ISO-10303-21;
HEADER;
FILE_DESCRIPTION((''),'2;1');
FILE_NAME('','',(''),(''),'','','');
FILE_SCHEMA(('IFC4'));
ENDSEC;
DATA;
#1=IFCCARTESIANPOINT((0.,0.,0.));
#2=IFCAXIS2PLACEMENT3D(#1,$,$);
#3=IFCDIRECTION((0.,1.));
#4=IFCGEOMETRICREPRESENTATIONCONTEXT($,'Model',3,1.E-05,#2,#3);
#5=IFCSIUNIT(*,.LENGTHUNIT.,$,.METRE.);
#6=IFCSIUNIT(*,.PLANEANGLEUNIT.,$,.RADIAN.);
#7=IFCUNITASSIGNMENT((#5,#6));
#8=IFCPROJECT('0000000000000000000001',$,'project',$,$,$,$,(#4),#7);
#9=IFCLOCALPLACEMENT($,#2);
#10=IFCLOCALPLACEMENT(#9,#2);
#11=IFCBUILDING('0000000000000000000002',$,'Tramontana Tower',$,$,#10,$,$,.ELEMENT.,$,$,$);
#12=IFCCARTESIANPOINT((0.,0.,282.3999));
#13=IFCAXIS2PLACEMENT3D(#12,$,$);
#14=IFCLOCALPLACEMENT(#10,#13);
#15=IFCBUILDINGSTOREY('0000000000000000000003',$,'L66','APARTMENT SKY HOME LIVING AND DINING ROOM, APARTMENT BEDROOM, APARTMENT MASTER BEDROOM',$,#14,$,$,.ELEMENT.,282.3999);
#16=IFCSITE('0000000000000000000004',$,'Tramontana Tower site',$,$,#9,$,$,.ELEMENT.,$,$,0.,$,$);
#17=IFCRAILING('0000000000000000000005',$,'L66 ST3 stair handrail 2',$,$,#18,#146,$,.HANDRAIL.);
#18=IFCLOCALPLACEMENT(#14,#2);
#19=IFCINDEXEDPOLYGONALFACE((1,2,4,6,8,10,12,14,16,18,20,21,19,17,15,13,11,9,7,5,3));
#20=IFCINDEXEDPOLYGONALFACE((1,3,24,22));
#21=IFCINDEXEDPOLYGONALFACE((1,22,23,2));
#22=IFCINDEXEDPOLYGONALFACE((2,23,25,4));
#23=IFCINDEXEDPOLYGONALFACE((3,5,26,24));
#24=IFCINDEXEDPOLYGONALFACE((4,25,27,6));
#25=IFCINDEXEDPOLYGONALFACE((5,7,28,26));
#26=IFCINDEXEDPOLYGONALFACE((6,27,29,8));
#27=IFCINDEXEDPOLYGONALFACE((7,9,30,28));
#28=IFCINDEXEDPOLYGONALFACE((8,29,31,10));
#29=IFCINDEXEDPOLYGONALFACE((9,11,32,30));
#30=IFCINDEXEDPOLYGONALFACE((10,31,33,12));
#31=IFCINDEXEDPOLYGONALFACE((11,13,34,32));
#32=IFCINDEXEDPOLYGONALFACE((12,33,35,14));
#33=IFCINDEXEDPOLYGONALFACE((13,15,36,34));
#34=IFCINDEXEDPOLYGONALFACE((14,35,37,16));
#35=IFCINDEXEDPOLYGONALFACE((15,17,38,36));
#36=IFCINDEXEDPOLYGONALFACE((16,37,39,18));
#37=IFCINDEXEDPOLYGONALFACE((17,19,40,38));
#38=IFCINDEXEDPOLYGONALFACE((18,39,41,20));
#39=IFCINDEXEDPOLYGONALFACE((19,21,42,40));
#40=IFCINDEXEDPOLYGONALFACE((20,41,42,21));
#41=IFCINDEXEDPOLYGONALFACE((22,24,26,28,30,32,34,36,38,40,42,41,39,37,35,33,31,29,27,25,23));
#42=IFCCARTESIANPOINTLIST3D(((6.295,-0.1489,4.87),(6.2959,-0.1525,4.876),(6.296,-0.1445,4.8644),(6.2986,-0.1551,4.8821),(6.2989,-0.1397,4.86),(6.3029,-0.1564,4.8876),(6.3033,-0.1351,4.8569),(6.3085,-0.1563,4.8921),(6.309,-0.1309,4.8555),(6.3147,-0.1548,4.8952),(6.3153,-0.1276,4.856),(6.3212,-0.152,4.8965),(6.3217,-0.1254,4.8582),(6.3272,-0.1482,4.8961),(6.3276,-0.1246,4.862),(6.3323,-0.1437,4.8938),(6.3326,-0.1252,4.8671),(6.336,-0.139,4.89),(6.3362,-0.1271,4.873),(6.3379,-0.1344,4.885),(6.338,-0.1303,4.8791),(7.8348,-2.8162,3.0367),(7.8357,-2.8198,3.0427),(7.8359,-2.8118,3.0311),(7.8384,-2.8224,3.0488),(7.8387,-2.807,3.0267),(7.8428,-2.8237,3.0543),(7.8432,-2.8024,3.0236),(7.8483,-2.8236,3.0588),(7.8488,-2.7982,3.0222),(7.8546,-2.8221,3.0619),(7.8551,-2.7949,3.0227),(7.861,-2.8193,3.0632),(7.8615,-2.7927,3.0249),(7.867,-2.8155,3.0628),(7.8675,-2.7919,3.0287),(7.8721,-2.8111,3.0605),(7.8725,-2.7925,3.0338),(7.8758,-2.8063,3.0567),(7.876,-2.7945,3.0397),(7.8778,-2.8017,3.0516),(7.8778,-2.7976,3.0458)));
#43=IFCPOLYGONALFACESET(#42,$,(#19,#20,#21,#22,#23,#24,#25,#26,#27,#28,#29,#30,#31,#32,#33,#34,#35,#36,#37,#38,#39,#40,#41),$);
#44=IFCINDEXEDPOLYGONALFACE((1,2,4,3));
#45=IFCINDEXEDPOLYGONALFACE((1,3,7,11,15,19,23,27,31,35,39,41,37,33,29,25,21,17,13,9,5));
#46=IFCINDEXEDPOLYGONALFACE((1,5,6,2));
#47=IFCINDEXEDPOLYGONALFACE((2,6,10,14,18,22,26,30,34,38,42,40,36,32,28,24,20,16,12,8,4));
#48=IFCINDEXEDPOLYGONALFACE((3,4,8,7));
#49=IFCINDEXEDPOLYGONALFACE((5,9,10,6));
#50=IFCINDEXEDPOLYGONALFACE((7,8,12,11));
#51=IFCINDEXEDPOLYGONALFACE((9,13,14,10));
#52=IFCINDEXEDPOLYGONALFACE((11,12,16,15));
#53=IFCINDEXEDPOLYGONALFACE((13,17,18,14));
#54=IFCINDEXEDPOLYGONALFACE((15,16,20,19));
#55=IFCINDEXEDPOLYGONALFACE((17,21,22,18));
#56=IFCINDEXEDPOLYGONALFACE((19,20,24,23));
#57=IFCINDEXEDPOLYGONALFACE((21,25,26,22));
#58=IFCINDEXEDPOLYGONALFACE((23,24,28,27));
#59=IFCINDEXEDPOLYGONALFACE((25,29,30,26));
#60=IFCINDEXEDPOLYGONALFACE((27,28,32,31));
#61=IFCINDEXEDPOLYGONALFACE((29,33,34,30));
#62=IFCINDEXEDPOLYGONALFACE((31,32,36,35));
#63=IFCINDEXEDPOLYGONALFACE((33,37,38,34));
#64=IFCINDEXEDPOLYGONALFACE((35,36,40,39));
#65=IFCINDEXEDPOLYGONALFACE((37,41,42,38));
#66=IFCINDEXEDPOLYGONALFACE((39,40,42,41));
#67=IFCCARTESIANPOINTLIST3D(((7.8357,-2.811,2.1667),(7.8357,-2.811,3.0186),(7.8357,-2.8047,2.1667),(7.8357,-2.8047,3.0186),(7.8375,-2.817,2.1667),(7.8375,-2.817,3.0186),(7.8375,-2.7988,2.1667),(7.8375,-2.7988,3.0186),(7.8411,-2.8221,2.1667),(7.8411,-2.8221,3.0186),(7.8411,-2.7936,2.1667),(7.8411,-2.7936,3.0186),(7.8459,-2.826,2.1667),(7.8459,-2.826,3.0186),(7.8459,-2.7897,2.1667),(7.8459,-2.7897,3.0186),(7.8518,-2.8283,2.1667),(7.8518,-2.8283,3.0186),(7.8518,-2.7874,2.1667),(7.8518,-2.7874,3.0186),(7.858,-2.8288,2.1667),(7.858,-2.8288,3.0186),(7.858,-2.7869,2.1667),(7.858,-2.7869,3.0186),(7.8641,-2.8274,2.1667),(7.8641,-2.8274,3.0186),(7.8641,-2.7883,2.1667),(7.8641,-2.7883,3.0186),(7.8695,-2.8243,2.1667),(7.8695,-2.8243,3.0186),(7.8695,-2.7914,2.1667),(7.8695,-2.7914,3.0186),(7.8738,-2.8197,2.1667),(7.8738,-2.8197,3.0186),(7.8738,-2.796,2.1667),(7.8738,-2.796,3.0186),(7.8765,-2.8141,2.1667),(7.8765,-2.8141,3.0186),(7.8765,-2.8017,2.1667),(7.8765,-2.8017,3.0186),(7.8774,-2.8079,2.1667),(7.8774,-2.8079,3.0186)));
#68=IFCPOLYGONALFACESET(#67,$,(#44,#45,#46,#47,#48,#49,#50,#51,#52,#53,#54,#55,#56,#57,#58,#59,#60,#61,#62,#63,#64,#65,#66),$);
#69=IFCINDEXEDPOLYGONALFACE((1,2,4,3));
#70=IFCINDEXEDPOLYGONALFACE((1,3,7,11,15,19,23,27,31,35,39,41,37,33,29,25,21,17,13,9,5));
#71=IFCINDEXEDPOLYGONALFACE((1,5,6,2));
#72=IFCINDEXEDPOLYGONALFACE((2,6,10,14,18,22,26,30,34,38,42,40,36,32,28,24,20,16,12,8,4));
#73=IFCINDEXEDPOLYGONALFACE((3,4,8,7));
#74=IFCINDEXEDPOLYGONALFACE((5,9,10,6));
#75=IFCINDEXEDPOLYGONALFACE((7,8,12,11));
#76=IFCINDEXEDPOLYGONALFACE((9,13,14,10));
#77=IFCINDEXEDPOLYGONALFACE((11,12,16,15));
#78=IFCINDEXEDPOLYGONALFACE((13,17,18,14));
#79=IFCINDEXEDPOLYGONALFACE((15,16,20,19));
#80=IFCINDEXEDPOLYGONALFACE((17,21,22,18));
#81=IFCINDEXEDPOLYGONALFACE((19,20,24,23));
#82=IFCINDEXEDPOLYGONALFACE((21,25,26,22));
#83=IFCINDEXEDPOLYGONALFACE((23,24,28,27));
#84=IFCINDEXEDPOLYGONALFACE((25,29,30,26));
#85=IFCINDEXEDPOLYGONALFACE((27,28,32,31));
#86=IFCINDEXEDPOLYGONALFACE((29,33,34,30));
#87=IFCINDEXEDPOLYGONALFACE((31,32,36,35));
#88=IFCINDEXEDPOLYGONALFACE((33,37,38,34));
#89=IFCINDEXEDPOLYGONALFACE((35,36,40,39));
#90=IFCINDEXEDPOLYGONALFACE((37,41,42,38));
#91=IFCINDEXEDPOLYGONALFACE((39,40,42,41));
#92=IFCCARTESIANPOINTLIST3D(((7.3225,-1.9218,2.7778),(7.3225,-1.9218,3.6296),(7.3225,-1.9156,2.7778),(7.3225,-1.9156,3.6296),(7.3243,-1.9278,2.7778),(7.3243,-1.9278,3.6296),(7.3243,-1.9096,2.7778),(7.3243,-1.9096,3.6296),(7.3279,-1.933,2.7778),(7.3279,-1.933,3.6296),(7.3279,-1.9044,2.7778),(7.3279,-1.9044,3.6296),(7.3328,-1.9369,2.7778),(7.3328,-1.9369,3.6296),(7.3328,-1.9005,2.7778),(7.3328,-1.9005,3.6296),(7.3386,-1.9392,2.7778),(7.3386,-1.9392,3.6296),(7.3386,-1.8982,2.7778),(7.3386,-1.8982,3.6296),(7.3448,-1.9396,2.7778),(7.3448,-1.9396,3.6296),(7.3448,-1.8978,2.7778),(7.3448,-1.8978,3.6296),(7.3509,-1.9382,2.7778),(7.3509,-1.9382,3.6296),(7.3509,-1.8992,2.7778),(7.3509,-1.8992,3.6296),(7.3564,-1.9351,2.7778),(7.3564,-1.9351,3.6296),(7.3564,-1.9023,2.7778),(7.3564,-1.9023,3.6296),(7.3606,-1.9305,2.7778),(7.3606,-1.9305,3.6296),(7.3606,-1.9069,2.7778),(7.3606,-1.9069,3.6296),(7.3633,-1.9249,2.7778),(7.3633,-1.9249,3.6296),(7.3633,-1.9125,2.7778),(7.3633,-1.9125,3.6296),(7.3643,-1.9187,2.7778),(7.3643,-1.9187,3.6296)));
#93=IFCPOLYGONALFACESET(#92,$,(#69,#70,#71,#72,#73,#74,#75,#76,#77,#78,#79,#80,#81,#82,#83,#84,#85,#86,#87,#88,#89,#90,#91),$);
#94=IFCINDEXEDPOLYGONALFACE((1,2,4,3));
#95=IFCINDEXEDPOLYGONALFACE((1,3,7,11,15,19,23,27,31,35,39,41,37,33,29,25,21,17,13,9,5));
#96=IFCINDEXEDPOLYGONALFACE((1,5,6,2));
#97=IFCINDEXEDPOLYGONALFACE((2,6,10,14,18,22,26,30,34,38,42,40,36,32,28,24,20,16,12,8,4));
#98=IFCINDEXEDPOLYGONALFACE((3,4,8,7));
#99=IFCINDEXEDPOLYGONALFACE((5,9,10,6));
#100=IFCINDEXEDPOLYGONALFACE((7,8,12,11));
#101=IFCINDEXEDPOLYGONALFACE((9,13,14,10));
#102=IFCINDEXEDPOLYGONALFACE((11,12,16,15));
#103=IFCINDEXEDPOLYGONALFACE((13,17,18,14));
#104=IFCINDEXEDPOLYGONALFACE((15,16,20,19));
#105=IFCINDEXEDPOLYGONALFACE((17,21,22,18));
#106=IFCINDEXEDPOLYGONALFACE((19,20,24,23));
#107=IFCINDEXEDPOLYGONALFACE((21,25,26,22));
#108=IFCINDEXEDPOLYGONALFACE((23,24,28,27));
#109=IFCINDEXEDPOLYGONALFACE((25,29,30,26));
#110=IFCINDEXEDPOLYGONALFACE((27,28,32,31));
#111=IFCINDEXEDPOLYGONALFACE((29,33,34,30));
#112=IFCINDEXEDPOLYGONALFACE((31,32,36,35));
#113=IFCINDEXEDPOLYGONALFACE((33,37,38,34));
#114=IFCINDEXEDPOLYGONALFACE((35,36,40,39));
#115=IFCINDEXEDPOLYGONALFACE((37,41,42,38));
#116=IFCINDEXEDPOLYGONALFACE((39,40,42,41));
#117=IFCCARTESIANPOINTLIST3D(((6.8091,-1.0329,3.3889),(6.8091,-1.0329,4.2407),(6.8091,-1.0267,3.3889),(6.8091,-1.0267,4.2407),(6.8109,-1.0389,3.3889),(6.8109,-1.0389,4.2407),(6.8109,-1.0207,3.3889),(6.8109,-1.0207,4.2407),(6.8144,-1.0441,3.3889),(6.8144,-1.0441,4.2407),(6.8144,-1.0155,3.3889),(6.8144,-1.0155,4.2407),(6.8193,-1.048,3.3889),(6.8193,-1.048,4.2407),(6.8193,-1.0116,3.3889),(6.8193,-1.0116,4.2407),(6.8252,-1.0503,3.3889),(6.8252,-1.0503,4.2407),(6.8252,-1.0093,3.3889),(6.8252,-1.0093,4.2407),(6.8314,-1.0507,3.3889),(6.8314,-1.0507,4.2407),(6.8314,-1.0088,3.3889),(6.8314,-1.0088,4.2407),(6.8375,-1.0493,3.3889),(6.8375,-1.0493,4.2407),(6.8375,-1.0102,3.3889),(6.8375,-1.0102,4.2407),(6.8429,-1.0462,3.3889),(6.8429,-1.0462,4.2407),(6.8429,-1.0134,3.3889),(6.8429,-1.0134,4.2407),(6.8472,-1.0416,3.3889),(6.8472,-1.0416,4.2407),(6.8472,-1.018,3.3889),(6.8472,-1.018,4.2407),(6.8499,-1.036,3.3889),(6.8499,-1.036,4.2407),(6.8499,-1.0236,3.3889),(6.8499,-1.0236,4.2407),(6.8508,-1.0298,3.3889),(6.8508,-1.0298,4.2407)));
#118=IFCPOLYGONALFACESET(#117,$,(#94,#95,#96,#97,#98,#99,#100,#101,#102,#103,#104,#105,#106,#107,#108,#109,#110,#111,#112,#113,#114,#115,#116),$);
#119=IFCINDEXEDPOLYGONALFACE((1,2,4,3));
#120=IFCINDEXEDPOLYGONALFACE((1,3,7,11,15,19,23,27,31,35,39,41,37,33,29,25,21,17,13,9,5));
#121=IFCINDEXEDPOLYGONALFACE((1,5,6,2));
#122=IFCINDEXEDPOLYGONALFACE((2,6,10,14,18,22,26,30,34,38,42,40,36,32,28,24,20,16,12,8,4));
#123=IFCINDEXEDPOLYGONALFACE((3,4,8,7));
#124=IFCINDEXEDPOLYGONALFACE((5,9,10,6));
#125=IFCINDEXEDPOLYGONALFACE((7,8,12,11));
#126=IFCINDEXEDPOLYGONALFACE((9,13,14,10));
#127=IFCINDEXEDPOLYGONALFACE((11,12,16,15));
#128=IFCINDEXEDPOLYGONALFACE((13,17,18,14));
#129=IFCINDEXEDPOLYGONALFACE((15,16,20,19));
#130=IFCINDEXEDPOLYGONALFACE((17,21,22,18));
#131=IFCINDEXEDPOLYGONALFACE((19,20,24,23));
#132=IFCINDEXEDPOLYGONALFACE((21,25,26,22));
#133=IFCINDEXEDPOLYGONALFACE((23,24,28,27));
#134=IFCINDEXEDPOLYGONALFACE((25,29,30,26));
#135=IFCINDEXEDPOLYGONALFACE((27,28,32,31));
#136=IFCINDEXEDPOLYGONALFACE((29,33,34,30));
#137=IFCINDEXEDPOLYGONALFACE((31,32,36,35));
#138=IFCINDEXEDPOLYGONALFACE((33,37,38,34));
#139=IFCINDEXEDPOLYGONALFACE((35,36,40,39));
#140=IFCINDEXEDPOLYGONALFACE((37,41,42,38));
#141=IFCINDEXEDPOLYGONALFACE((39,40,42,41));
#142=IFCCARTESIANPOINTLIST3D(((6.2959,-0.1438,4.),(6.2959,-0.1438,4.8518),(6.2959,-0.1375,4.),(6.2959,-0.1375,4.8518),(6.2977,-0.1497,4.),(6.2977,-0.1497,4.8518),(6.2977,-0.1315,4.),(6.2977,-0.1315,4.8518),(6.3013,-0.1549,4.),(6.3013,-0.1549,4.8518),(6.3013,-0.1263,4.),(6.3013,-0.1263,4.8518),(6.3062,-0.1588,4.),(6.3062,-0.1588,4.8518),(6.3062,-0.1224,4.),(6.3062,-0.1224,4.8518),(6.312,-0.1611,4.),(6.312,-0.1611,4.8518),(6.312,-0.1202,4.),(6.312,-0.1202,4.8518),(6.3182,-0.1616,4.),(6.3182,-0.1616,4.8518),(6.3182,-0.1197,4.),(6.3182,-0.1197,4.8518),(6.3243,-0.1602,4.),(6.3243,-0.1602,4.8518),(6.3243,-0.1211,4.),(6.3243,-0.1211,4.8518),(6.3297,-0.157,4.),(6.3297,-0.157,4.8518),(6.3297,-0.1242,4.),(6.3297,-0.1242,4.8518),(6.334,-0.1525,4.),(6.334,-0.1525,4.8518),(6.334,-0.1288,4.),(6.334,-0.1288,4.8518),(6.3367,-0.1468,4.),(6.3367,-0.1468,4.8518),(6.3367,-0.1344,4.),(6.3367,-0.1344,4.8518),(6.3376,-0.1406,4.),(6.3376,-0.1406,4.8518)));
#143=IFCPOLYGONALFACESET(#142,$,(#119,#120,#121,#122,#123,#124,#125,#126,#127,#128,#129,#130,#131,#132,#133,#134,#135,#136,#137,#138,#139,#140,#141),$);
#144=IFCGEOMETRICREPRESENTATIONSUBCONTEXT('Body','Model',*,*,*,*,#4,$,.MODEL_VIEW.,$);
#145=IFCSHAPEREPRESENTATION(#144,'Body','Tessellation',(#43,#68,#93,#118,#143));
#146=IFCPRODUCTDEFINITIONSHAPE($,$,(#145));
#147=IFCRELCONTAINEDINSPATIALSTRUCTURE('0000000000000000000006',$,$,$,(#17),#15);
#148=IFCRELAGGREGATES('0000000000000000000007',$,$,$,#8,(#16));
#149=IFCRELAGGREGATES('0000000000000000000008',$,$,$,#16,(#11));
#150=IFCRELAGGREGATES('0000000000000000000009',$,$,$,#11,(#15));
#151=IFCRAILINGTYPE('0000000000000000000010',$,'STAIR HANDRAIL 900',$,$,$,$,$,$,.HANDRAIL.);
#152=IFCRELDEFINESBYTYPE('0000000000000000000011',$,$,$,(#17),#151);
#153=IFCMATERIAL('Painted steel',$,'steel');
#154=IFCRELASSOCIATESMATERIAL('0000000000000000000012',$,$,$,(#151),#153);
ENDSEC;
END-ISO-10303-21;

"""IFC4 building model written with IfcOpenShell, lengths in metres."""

from ifc_helpers import new_model, si_unit, direction, frame, origin, origin_2d, place, context, subcontext, project, spatial, circle, extrude, material, type_object, element, save


model = new_model("IFC4")

# Units and contexts
model_context = context("Model", 3, precision=1e-05, world=origin(), true_north=direction((0.0, 1.0)))
body_context = subcontext(model_context, "Body", "Model", "MODEL_VIEW")
ifc_project = project(units=[si_unit("LENGTHUNIT", "METRE"), si_unit("PLANEANGLEUNIT", "RADIAN")], contexts=[model_context])

# Site, building, storey
site_placement = place(None, origin())
site = spatial("IfcSite", under=ifc_project, at=site_placement, Name="Tramontana Tower site", CompositionType="ELEMENT", RefElevation=0.0)
building_placement = place(site_placement, origin())
building = spatial("IfcBuilding", under=site, at=building_placement, Name="Tramontana Tower", CompositionType="ELEMENT")
storey_placement = place(building_placement, frame((0.0, 0.0, 282.3999)))
storey = spatial("IfcBuildingStorey", under=building, at=storey_placement, Name="L66", Description="APARTMENT SKY HOME LIVING AND DINING ROOM, APARTMENT BEDROOM, APARTMENT MASTER BEDROOM", CompositionType="ELEMENT", Elevation=282.3999)

# Railing
ifc_material_1 = material(Name="Painted steel", Category="steel")
railing_type_1 = type_object("IfcRailingType", Name="STAIR HANDRAIL 900", PredefinedType="HANDRAIL", material=ifc_material_1)
railing_1_placement = place(storey_placement, frame((7.8564, -2.8079, 2.1667)))
element("IfcRailing", 1, at=railing_1_placement, inside=storey, type_object=railing_type_1, Name="L66 ST3 stair handrail 2", PredefinedType="HANDRAIL", context=body_context, shape_type="SweptSolid", body=[
    extrude(circle(Radius=0.0239, at=origin_2d()), frame((0.0, 0.0, 0.876), z_axis=(-0.429616, 0.744181, 0.511493), x_axis=(-0.866044, -0.499967, 0.0)), (0.0, 0.0, 1.0), 3.5842),
    extrude(circle(Radius=0.021, at=origin_2d()), origin(), (0.0, 0.0, 1.0), 0.8518),
    extrude(circle(Radius=0.021, at=origin_2d()), frame((-0.5132, 0.8892, 0.6111)), (0.0, 0.0, 1.0), 0.8518),
    extrude(circle(Radius=0.021, at=origin_2d()), frame((-1.0266, 1.7781, 1.2222)), (0.0, 0.0, 1.0), 0.8518),
    extrude(circle(Radius=0.021, at=origin_2d()), frame((-1.5398, 2.6672, 1.8333)), (0.0, 0.0, 1.0), 0.8518),
])

save(model, "model.ifc")
